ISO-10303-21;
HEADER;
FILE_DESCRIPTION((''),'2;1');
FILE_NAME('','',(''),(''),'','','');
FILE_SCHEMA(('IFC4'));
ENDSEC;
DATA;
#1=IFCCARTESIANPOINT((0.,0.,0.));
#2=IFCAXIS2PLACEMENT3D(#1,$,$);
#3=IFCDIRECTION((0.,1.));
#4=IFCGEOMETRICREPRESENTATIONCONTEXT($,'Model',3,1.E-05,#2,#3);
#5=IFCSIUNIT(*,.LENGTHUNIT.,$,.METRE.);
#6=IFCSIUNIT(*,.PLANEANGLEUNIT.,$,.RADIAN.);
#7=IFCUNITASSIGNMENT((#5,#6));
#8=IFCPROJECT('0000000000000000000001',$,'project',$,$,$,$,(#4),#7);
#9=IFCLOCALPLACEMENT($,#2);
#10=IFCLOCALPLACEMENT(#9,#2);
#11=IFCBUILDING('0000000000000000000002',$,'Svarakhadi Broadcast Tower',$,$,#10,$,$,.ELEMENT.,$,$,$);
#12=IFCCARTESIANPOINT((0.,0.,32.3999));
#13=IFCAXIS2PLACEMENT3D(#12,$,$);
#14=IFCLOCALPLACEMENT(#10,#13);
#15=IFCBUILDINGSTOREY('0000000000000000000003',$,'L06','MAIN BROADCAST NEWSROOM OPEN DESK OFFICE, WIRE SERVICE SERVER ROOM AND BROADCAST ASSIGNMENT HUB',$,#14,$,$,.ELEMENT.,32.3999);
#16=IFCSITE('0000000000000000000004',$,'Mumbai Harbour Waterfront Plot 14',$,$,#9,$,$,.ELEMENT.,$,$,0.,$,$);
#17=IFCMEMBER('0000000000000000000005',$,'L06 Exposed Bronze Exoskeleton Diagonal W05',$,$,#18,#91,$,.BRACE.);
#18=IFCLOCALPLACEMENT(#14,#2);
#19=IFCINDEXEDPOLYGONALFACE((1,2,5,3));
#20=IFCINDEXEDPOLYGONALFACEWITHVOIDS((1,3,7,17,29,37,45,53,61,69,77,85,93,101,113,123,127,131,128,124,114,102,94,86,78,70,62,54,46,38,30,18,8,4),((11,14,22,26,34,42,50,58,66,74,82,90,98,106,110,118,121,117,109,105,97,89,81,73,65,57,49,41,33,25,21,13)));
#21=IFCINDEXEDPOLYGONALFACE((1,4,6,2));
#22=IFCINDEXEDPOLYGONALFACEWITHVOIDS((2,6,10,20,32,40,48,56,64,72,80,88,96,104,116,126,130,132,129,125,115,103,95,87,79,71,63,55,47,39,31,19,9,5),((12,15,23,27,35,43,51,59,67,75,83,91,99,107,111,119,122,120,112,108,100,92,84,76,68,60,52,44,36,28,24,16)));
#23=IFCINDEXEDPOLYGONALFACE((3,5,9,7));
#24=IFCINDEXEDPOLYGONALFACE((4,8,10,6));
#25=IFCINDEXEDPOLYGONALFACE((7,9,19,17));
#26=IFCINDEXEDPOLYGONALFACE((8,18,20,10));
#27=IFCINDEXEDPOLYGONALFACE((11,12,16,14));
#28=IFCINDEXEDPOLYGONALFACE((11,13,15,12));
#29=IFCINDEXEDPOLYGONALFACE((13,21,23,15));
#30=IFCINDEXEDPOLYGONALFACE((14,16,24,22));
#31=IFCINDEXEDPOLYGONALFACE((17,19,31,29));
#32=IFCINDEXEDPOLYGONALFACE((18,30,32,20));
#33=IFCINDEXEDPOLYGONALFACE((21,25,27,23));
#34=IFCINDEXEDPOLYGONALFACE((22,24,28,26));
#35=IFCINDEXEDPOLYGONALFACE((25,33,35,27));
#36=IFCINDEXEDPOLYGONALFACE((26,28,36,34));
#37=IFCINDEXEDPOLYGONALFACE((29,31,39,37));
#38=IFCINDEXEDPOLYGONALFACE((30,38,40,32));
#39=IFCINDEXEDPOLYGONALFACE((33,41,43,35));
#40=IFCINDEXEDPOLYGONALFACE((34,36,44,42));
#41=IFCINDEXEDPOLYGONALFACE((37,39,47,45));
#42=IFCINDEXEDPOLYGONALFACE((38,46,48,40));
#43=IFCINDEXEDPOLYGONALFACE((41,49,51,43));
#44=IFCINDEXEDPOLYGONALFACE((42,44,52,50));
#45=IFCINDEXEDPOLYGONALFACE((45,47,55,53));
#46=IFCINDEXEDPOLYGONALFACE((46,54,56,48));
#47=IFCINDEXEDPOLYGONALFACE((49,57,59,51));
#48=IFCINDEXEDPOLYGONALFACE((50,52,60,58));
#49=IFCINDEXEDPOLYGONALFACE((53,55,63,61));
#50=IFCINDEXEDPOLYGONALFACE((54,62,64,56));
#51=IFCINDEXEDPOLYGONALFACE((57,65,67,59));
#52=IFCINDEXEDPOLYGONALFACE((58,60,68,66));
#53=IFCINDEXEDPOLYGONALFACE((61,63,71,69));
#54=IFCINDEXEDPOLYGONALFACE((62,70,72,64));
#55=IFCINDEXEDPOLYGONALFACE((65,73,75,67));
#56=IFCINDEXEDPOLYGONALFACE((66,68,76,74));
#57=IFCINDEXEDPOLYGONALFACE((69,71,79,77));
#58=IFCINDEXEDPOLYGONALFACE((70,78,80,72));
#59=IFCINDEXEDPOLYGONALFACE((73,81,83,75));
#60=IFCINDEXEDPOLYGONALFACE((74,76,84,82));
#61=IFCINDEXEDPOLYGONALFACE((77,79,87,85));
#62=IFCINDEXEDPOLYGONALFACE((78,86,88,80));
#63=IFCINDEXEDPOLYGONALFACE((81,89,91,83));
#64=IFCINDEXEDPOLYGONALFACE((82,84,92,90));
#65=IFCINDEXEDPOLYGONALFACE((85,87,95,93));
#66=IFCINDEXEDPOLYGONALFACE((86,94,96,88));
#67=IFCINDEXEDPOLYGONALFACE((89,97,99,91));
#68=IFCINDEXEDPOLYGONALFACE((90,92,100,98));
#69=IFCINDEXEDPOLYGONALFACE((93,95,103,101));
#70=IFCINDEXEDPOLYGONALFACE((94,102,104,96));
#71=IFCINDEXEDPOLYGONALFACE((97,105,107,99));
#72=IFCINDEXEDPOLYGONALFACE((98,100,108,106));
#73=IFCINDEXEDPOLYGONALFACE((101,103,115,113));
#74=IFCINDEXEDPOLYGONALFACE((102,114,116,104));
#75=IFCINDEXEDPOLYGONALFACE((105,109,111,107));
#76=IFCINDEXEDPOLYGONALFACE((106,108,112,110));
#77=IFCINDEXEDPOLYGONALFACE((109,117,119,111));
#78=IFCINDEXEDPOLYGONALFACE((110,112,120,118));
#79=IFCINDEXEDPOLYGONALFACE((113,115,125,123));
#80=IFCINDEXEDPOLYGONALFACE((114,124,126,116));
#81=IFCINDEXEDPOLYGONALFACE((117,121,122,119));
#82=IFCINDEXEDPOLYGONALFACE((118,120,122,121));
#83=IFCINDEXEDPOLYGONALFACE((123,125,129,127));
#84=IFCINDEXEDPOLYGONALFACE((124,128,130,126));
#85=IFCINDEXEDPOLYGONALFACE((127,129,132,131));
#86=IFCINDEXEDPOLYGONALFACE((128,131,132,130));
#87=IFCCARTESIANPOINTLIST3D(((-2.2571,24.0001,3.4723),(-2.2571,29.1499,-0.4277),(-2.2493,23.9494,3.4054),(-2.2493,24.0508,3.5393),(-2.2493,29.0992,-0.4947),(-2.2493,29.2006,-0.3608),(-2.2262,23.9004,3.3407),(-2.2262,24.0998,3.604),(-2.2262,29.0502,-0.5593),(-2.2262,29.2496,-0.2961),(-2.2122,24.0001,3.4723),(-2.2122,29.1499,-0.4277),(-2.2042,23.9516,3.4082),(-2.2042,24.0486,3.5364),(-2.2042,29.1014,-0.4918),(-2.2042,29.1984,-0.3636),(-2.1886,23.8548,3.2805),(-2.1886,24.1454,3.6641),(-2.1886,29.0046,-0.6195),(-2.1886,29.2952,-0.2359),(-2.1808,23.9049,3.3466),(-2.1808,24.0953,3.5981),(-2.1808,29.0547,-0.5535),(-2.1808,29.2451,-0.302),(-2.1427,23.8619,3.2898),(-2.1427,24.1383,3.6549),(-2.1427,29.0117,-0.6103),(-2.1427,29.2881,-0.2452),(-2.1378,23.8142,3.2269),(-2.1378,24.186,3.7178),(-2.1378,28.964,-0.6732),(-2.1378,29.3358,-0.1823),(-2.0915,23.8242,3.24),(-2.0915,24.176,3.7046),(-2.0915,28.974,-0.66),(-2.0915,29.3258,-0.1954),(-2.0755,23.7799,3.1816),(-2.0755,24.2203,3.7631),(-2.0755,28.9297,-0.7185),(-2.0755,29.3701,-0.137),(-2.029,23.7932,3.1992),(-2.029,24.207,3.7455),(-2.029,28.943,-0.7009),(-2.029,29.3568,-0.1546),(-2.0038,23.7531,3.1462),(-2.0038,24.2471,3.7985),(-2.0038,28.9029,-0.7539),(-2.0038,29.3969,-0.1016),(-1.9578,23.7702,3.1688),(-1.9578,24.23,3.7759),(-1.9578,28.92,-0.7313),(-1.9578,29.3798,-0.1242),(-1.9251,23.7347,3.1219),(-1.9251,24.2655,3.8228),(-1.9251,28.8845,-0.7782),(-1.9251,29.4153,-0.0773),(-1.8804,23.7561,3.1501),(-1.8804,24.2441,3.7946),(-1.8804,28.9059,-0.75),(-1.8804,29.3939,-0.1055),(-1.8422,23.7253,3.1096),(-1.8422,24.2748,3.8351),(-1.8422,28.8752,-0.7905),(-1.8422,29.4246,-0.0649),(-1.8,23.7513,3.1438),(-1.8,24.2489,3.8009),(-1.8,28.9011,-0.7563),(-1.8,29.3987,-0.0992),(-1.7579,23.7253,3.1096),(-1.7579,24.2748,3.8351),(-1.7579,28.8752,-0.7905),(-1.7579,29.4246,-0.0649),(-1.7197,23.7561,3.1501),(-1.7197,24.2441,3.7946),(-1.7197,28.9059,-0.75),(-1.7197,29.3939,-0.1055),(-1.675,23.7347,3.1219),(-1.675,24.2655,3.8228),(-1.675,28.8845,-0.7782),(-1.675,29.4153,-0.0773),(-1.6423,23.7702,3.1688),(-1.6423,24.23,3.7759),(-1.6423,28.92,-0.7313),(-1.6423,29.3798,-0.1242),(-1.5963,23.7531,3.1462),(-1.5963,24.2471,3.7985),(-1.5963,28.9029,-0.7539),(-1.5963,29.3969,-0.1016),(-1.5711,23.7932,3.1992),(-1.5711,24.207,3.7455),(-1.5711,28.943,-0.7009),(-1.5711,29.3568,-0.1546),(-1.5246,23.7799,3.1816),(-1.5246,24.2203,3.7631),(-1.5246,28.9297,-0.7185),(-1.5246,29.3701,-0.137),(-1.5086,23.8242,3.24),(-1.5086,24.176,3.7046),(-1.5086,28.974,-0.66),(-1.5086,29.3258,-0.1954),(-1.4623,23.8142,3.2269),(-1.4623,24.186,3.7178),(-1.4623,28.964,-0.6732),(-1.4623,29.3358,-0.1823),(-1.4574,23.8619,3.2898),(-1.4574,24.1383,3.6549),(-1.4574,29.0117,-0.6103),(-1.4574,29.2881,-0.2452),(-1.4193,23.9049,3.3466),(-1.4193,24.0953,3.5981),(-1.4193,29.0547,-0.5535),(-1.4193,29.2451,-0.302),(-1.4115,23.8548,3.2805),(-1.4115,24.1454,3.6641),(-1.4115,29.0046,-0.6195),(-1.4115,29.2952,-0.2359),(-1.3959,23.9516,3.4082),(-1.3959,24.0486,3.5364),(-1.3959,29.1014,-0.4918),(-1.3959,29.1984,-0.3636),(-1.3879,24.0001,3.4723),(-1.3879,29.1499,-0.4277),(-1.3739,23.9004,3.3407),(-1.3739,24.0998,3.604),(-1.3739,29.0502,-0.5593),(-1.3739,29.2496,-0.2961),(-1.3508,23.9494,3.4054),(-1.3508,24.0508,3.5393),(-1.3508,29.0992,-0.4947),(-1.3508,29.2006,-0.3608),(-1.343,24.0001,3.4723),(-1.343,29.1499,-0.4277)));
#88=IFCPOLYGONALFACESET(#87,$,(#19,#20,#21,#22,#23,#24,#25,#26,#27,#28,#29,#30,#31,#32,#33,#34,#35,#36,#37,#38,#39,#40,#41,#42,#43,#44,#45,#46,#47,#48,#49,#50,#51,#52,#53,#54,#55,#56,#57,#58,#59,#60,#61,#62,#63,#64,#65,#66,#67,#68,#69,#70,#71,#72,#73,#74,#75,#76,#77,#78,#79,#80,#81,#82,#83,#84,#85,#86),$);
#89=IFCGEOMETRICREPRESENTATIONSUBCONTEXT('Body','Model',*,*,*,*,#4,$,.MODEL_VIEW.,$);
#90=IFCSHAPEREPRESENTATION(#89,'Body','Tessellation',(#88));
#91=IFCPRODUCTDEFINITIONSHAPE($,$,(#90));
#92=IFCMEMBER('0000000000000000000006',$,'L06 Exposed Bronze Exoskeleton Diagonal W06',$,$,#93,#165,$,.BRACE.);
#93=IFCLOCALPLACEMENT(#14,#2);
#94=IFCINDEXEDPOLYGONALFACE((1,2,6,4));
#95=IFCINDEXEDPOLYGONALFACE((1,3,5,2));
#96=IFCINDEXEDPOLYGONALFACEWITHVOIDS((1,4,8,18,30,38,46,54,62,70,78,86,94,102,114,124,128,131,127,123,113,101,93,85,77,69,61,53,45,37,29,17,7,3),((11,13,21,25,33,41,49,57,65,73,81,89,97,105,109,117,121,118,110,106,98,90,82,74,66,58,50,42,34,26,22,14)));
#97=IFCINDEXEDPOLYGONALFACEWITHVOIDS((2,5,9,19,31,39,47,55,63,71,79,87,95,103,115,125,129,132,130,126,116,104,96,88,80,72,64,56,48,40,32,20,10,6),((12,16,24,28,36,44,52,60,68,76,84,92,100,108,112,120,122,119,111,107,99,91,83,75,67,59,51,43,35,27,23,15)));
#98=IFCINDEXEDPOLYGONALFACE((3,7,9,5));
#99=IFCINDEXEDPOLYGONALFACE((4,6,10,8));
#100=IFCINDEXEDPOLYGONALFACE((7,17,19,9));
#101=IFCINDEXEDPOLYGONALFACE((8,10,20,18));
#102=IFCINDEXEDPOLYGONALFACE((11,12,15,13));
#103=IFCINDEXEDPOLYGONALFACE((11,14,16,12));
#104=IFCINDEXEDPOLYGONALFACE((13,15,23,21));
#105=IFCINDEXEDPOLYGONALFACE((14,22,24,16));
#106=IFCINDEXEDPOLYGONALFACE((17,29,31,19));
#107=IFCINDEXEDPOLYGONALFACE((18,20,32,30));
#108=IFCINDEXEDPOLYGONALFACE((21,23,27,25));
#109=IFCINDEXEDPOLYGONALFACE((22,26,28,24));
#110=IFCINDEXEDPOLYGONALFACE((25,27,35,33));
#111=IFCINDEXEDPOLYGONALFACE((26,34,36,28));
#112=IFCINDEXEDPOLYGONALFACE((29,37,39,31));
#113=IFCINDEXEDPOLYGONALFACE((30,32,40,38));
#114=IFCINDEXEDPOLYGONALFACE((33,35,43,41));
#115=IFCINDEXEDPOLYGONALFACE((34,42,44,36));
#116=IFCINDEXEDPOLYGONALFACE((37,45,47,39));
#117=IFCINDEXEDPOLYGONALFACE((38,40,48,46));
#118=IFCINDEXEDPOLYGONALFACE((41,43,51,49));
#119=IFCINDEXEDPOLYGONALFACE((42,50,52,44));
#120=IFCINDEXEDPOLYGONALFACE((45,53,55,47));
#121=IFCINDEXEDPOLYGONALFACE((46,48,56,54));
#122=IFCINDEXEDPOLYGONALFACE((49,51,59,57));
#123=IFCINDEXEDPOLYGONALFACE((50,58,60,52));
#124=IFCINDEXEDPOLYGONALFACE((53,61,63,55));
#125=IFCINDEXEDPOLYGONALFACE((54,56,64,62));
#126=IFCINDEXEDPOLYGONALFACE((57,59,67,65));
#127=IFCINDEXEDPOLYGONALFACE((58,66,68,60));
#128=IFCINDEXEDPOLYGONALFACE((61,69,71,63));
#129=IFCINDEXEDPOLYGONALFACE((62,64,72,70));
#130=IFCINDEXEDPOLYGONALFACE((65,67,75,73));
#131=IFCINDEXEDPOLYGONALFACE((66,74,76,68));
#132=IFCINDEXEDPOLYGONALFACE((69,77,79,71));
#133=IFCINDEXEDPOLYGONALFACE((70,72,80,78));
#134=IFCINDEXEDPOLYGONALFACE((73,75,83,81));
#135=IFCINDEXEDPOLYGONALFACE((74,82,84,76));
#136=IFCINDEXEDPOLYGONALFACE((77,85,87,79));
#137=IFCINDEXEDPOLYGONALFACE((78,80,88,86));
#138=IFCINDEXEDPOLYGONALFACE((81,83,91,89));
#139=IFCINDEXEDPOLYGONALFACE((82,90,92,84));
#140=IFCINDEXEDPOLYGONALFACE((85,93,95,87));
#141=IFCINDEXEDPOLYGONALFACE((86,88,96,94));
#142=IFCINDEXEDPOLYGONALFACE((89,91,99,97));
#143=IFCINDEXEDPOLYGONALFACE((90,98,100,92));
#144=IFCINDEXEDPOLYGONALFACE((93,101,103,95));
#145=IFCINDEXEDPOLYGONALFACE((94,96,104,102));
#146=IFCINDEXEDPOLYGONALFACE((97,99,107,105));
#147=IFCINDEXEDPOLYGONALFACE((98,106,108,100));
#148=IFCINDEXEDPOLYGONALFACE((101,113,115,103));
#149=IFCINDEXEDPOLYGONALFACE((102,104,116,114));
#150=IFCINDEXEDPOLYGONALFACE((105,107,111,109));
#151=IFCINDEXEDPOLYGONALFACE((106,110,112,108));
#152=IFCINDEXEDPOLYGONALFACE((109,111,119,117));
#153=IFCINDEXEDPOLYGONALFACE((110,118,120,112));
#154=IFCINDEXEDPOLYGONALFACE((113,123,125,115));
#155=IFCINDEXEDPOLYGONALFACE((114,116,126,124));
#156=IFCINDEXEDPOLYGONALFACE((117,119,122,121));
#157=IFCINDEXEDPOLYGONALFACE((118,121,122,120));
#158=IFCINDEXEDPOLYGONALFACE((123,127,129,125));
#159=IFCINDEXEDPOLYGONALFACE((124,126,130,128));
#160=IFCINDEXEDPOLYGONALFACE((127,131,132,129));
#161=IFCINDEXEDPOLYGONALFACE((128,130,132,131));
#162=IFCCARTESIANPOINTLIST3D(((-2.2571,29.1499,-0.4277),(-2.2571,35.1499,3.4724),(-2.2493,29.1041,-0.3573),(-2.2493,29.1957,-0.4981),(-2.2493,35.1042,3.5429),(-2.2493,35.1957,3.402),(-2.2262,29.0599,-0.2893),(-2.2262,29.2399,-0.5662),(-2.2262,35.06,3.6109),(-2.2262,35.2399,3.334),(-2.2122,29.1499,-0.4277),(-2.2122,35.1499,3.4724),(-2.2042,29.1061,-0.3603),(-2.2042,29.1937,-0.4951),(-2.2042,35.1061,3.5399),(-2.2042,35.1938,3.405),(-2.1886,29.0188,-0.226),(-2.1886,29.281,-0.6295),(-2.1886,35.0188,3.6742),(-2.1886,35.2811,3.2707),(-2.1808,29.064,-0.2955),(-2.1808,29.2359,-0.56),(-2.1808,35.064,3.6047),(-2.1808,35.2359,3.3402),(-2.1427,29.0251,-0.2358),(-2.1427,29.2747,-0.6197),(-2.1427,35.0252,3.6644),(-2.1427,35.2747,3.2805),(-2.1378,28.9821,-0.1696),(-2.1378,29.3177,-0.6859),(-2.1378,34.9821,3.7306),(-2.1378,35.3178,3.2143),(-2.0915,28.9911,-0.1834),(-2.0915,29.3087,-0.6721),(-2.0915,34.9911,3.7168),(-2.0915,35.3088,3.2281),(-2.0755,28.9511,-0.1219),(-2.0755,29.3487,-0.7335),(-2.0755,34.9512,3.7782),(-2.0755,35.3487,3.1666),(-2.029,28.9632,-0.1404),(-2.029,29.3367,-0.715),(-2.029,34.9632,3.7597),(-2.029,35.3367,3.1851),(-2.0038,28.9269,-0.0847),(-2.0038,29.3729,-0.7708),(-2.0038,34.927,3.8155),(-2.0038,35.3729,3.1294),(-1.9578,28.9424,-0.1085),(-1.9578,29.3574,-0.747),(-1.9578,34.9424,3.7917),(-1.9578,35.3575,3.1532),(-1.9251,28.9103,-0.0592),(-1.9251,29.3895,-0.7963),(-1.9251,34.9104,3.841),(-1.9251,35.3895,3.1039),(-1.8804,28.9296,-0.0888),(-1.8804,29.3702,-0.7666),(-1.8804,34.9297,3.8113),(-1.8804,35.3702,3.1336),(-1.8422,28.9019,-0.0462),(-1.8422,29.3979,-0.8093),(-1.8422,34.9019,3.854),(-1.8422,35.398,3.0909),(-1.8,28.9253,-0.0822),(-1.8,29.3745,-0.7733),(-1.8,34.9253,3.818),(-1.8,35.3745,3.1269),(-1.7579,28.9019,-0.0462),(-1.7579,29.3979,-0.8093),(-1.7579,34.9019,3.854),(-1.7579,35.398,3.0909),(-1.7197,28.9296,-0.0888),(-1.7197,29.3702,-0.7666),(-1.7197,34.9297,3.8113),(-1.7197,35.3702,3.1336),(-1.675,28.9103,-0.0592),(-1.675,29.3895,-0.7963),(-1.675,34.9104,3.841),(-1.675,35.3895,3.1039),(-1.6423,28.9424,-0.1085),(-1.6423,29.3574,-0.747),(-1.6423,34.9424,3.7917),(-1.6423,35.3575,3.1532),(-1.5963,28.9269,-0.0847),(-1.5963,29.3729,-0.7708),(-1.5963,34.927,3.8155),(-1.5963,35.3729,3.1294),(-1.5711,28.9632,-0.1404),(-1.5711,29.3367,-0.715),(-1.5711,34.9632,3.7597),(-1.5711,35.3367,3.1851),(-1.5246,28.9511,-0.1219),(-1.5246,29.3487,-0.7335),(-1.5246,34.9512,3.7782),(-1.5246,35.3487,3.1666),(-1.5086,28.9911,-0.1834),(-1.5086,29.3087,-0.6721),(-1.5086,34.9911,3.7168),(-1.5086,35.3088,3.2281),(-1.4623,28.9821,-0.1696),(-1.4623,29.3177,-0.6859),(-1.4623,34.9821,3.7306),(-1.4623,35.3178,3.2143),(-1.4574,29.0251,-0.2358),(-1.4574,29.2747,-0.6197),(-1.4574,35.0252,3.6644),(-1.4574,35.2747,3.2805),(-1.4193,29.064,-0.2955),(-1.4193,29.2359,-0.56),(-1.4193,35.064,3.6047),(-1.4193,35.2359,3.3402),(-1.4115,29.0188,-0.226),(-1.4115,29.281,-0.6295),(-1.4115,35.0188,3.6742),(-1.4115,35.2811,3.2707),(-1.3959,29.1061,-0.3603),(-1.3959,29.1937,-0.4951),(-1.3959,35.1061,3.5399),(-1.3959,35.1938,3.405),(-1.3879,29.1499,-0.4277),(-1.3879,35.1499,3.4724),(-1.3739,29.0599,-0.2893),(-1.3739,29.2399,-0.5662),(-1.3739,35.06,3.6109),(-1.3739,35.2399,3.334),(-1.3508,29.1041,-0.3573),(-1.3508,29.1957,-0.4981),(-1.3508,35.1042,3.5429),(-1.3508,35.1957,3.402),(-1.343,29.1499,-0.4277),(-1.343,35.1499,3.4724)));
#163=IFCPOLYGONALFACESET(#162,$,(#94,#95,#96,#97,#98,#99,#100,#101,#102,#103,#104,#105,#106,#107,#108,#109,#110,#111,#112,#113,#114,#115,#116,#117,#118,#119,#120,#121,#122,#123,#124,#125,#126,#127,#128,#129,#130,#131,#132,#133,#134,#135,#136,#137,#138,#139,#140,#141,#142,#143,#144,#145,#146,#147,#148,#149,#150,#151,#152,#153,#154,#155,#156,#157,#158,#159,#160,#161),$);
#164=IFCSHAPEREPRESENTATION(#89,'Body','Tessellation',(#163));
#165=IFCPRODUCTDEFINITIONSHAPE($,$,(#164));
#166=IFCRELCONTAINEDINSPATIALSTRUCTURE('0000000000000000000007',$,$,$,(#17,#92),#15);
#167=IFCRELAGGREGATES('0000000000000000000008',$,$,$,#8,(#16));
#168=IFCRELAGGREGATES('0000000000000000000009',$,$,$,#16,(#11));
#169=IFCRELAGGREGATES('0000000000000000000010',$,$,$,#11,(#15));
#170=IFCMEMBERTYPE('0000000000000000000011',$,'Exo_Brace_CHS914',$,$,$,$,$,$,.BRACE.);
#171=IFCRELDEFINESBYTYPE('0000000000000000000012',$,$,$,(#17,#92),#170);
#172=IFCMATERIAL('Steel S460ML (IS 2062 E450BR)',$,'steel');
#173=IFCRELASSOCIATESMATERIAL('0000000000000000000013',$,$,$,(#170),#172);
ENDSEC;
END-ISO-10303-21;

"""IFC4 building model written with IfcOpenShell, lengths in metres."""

from ifc_helpers import new_model, si_unit, direction, frame, origin, origin_2d, place, context, subcontext, project, spatial, hollow_circle, extrude, material, material_profile, profile_set, type_object, element, save


model = new_model("IFC4")

# Units and contexts
model_context = context("Model", 3, precision=1e-05, world=origin(), true_north=direction((0.0, 1.0)))
body_context = subcontext(model_context, "Body", "Model", "MODEL_VIEW")
ifc_project = project(units=[si_unit("LENGTHUNIT", "METRE"), si_unit("PLANEANGLEUNIT", "RADIAN")], contexts=[model_context])

# Site, building, storey
site_placement = place(None, origin())
site = spatial("IfcSite", under=ifc_project, at=site_placement, Name="Mumbai Harbour Waterfront Plot 14", CompositionType="ELEMENT", RefElevation=0.0)
building_placement = place(site_placement, origin())
building = spatial("IfcBuilding", under=site, at=building_placement, Name="Svarakhadi Broadcast Tower", CompositionType="ELEMENT")
storey_placement = place(building_placement, frame((0.0, 0.0, 32.3999)))
storey = spatial("IfcBuildingStorey", under=building, at=storey_placement, Name="L06", Description="MAIN BROADCAST NEWSROOM OPEN DESK OFFICE, WIRE SERVICE SERVER ROOM AND BROADCAST ASSIGNMENT HUB", CompositionType="ELEMENT", Elevation=32.3999)

# Shared definitions
ifc_material_1 = material(Name="Steel S460ML (IS 2062 E450BR)", Category="steel")

# Members
ifc_material_profile_1 = material_profile(ifc_material_1, hollow_circle(Radius=0.457, WallThickness=0.0449, at=origin_2d()), Name="CHS 914x45")
ifc_profile_set_1 = profile_set([ifc_material_profile_1], Name="Steel S460ML (IS 2062 E450BR)")
member_type_1 = type_object("IfcMemberType", Name="Exo_Brace_CHS914", PredefinedType="BRACE", material=ifc_profile_set_1)
member_1_placement = place(storey_placement, frame((-1.8, 29.1499, -0.4277), z_axis=(0.0, -0.797189, 0.60373), x_axis=(1.0, 0.0, 0.0)))
element("IfcMember", 1, at=member_1_placement, inside=storey, type_object=member_type_1, Name="L06 Exposed Bronze Exoskeleton Diagonal W05", PredefinedType="BRACE", context=body_context, shape_type="SweptSolid", body=[
    extrude(hollow_circle(Radius=0.457, WallThickness=0.0449, at=origin_2d()), origin(), (0.0, 0.0, 1.0), 6.46),
])
member_2_placement = place(storey_placement, frame((-1.8, 29.1499, -0.4277), z_axis=(0.0, 0.838434, 0.545003), x_axis=(-1.0, 0.0, 0.0)))
element("IfcMember", 2, at=member_2_placement, inside=storey, type_object=member_type_1, Name="L06 Exposed Bronze Exoskeleton Diagonal W06", PredefinedType="BRACE", context=body_context, shape_type="SweptSolid", body=[
    extrude(hollow_circle(Radius=0.457, WallThickness=0.0449, at=origin_2d()), origin(), (0.0, 0.0, 1.0), 7.1562),
])

save(model, "model.ifc")
